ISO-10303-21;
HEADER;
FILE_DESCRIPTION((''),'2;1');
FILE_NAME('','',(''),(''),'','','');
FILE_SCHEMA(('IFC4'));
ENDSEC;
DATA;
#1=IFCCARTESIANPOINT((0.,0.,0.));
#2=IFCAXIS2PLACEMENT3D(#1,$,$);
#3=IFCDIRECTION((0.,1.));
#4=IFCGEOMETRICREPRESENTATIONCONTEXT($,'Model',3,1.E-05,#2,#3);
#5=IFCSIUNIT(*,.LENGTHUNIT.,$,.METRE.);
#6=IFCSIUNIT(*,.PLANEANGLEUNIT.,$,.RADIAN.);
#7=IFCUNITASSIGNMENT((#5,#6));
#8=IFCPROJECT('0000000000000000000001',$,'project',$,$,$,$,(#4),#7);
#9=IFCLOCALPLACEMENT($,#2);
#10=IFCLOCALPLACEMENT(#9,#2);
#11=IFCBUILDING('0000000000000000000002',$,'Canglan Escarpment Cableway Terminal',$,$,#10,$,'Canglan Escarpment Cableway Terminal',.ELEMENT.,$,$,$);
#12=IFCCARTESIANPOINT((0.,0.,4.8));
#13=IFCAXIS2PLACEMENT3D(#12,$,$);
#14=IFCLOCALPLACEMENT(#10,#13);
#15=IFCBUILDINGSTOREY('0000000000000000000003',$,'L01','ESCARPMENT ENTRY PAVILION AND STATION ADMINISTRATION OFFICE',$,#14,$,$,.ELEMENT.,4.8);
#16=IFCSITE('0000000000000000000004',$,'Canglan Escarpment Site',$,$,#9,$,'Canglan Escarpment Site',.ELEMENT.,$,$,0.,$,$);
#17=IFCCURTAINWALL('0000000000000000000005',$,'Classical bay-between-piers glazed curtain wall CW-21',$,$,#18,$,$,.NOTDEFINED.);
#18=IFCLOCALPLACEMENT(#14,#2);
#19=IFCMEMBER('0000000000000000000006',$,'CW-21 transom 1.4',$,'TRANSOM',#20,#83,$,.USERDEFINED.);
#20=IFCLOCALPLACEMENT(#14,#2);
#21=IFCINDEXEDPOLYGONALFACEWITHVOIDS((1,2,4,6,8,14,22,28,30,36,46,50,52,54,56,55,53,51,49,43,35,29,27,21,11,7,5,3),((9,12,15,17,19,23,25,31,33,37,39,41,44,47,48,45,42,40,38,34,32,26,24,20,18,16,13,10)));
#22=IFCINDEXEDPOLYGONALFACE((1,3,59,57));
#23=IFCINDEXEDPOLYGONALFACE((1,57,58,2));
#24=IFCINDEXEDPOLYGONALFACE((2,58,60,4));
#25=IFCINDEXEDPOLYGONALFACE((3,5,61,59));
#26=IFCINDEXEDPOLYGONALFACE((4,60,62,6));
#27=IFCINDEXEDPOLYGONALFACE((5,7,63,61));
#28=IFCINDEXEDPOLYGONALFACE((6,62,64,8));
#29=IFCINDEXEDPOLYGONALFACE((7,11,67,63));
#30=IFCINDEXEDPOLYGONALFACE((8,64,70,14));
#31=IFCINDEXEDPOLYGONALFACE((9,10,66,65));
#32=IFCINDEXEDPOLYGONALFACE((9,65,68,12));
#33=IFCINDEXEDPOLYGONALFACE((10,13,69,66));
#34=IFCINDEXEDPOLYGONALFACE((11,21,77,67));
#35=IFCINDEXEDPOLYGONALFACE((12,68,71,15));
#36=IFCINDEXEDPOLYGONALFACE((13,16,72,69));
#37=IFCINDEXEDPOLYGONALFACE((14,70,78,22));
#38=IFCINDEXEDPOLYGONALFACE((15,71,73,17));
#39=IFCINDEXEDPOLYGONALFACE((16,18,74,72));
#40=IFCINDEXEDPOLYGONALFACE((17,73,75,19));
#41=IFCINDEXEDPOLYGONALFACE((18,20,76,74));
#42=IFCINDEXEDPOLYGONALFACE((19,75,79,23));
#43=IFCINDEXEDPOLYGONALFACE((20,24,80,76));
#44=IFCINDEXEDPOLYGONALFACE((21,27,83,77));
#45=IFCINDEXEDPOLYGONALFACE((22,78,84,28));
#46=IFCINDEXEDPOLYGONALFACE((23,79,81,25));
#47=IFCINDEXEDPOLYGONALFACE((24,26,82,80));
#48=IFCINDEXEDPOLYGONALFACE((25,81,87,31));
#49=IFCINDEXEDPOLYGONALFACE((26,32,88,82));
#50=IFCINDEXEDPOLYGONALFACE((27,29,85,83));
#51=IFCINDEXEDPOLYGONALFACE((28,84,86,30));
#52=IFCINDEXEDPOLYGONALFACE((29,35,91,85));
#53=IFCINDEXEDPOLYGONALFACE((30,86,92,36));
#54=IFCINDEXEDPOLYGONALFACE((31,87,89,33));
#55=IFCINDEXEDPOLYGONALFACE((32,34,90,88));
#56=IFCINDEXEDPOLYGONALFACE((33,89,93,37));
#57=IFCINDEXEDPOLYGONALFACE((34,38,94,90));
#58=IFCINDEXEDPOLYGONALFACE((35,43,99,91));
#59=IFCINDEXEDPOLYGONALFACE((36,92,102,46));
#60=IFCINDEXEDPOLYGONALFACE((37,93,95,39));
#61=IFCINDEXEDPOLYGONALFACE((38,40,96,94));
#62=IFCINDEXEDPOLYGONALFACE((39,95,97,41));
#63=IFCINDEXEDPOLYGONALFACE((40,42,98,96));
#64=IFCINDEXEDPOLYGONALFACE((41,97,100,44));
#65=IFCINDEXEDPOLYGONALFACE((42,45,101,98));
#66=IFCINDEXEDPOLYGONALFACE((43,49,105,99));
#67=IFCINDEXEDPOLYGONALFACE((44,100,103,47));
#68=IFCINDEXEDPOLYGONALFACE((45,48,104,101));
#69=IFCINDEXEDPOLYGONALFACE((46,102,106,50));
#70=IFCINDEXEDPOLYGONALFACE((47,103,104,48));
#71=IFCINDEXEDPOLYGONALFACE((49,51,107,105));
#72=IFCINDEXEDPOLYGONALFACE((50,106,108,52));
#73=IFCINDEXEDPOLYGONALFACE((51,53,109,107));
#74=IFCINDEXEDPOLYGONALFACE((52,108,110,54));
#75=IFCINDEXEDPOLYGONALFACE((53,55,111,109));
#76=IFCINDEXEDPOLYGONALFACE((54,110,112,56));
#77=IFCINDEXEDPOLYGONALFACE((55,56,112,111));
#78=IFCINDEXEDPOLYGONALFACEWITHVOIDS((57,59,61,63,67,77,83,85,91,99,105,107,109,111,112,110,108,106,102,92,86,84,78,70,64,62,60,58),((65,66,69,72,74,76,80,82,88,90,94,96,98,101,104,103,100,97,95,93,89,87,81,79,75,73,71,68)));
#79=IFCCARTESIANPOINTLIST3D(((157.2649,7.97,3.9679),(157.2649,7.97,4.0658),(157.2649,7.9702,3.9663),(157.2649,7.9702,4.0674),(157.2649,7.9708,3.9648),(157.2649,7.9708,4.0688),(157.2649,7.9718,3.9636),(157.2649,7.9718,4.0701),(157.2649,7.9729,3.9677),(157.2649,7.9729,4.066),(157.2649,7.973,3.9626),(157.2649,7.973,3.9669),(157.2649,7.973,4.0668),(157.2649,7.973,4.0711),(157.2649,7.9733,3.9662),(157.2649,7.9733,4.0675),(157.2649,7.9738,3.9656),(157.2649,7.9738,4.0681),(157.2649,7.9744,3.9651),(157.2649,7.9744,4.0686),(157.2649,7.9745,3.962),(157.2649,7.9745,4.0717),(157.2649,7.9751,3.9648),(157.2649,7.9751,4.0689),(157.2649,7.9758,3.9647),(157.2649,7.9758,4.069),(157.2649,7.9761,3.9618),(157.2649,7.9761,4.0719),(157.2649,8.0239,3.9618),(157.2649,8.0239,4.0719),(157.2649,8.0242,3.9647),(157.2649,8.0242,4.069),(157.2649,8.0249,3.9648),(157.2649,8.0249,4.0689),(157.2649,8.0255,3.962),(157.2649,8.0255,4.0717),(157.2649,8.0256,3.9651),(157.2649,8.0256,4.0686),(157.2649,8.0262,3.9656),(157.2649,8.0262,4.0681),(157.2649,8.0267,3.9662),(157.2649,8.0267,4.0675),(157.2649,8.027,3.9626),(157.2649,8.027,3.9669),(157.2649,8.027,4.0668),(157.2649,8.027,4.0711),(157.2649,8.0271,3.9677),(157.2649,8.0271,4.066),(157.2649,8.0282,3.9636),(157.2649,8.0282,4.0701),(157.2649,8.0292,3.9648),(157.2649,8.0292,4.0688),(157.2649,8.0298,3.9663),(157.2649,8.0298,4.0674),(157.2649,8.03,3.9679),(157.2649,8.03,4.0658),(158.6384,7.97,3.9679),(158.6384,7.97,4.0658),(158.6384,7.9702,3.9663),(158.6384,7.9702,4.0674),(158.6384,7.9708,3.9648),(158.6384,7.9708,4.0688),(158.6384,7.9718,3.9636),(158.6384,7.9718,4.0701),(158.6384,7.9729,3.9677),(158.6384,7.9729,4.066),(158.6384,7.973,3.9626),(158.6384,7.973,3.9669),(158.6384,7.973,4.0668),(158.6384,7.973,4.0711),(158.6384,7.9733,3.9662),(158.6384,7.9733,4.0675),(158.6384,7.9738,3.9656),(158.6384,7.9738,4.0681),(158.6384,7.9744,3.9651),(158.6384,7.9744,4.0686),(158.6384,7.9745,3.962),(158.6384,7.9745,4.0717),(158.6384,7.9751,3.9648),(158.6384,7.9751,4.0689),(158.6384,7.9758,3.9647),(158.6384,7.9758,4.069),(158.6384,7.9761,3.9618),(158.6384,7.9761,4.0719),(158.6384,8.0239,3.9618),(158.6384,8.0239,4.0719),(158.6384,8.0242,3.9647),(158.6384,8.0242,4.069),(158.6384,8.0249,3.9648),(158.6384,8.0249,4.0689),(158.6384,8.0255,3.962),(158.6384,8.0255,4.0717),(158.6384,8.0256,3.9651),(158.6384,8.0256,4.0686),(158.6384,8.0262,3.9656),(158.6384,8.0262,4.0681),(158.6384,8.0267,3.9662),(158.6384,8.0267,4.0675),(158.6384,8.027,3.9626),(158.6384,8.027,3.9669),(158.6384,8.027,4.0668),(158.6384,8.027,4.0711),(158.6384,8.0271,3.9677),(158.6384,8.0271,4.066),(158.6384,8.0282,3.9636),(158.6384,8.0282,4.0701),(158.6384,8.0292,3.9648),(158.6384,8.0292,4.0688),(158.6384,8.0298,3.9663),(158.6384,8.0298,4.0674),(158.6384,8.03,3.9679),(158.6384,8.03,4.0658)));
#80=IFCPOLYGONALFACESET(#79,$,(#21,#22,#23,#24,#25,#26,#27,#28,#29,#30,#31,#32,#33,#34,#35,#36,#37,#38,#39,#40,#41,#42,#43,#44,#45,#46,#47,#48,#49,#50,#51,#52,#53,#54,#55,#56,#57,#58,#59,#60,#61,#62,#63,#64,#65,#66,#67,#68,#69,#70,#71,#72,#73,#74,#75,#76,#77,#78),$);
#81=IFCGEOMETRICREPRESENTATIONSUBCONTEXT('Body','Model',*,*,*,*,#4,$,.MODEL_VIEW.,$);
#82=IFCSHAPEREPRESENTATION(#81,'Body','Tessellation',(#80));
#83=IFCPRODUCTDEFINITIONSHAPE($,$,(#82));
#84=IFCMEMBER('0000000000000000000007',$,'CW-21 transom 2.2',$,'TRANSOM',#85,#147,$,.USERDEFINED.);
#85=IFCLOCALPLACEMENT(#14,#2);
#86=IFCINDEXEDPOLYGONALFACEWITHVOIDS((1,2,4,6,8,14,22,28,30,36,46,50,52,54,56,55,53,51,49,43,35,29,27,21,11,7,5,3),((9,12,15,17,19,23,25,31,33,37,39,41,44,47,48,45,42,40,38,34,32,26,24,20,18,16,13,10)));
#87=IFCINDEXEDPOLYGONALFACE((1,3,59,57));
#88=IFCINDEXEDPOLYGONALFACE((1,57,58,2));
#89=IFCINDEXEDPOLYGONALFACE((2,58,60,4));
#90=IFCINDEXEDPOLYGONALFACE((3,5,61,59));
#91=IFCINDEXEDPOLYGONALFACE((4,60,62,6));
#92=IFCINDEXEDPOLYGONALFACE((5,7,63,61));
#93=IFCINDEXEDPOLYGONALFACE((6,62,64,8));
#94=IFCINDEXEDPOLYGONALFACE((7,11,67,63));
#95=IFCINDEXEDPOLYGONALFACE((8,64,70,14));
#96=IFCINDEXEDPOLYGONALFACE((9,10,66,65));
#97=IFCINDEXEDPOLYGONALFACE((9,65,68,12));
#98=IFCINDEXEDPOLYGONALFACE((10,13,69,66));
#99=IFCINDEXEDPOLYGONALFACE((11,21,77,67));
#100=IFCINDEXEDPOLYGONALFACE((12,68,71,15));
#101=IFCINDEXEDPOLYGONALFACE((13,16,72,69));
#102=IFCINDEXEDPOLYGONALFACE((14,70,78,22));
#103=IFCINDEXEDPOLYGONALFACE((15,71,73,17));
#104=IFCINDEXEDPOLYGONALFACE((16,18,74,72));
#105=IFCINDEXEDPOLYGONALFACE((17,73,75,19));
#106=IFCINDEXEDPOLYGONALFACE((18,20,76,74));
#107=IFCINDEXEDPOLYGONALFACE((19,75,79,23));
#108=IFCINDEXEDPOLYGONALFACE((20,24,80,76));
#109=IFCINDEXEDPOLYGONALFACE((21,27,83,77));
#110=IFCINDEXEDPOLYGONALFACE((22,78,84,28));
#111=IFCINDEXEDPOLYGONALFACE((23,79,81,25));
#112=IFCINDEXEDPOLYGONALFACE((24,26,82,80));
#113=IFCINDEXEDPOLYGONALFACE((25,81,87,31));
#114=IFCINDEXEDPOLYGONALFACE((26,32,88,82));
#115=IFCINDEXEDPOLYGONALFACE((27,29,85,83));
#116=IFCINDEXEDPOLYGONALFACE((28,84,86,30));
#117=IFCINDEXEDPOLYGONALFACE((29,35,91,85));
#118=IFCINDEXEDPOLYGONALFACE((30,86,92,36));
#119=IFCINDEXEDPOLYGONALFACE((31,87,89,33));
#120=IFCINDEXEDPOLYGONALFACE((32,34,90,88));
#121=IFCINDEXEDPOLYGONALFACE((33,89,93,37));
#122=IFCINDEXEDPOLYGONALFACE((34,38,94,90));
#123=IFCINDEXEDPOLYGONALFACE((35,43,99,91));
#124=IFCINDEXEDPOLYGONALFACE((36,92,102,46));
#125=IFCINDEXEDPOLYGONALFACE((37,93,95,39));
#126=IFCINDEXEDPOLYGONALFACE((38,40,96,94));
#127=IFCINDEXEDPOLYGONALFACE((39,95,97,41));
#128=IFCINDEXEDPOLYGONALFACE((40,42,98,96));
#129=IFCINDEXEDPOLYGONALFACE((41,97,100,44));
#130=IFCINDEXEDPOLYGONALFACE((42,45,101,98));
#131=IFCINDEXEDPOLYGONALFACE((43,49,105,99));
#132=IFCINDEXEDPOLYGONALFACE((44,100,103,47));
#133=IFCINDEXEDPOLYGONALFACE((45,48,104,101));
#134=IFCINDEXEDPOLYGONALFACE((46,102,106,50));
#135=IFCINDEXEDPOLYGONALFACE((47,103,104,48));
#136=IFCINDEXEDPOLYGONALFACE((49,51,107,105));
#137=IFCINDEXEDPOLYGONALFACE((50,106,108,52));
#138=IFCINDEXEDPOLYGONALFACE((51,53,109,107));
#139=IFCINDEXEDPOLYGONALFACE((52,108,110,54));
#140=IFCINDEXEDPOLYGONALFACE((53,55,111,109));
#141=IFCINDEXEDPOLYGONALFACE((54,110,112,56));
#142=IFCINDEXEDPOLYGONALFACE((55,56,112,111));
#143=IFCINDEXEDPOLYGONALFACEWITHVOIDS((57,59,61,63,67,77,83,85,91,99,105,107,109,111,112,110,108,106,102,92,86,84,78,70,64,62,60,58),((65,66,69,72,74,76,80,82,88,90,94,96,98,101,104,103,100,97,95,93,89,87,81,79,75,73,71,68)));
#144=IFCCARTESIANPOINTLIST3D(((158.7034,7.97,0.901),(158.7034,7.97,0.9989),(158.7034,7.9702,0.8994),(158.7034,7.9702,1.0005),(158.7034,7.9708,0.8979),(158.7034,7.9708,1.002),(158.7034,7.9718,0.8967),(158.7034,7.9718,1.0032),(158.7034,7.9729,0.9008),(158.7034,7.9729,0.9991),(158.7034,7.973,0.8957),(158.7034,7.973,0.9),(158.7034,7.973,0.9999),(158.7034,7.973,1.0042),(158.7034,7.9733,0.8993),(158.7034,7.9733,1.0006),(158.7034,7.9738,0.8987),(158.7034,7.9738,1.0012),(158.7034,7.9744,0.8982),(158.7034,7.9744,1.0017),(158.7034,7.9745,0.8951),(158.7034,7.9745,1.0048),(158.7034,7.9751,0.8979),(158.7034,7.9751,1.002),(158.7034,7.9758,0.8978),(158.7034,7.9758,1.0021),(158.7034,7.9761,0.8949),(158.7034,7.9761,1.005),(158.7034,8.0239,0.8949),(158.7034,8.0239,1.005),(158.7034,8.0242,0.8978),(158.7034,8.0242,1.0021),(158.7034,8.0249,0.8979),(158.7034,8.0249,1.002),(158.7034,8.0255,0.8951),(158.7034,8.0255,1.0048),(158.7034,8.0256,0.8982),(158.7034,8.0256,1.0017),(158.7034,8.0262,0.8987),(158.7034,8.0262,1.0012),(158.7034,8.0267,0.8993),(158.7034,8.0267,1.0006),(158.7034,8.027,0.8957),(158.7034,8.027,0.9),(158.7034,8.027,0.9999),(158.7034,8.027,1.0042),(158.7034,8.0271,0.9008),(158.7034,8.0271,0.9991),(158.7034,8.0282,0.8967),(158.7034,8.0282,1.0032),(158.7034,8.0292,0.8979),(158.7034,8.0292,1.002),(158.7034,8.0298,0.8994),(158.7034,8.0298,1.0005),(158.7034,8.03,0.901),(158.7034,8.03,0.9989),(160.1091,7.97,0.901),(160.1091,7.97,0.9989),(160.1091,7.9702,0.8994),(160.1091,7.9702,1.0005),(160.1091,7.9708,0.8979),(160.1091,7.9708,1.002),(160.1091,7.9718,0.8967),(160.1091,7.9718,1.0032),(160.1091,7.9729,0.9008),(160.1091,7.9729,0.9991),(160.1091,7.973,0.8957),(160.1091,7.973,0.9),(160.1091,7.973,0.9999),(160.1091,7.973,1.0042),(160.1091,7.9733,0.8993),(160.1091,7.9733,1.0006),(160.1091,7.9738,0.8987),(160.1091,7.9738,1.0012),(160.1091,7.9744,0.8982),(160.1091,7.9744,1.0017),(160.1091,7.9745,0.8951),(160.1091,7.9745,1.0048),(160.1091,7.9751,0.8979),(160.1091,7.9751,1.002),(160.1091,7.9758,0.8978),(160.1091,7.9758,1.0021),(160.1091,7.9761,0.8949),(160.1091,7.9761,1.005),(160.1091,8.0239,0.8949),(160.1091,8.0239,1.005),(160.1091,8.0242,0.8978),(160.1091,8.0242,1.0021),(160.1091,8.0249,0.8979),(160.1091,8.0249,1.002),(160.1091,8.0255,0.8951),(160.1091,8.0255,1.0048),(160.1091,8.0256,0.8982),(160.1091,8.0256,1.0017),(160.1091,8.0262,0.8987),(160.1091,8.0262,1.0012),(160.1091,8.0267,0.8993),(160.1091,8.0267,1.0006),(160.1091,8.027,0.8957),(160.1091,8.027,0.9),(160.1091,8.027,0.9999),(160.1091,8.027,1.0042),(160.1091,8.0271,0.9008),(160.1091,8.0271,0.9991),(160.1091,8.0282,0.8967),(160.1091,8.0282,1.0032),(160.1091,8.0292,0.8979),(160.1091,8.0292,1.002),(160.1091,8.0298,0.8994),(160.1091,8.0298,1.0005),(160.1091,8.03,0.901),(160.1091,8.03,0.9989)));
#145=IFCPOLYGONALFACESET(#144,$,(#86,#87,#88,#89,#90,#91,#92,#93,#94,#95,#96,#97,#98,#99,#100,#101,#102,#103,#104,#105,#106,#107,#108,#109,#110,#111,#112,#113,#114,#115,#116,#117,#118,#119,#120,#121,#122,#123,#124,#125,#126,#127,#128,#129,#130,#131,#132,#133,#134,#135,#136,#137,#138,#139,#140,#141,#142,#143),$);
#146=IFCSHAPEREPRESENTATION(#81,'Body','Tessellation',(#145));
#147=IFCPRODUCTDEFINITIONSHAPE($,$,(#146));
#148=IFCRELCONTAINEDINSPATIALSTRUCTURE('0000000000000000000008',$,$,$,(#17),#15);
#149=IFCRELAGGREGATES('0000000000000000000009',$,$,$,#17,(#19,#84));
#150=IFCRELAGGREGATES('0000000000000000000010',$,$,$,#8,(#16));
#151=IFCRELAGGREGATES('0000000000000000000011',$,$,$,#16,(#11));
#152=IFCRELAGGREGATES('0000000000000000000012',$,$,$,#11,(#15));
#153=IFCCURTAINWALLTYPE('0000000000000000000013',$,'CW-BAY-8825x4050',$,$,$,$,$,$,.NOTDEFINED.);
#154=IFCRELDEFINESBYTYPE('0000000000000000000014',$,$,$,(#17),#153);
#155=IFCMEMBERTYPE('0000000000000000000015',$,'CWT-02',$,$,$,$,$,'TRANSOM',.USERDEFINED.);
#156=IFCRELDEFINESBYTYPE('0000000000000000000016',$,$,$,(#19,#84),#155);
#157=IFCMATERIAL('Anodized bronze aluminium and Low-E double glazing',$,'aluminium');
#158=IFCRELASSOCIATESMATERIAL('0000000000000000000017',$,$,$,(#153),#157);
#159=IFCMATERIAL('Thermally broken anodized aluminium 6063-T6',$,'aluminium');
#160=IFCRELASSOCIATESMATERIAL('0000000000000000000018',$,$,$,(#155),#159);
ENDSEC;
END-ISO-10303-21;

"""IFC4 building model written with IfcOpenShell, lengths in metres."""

from ifc_helpers import new_model, si_unit, direction, frame, origin, origin_2d, place, context, subcontext, project, spatial, hollow_rectangle, extrude, material, material_profile, profile_set, type_object, element, aggregate, save


model = new_model("IFC4")

# Units and contexts
model_context = context("Model", 3, precision=1e-05, world=origin(), true_north=direction((0.0, 1.0)))
body_context = subcontext(model_context, "Body", "Model", "MODEL_VIEW")
ifc_project = project(units=[si_unit("LENGTHUNIT", "METRE"), si_unit("PLANEANGLEUNIT", "RADIAN")], contexts=[model_context])

# Site, building, storey
site_placement = place(None, origin())
site = spatial("IfcSite", under=ifc_project, at=site_placement, Name="Canglan Escarpment Site", LongName="Canglan Escarpment Site", CompositionType="ELEMENT", RefElevation=0.0)
building_placement = place(site_placement, origin())
building = spatial("IfcBuilding", under=site, at=building_placement, Name="Canglan Escarpment Cableway Terminal", LongName="Canglan Escarpment Cableway Terminal", CompositionType="ELEMENT")
storey_placement = place(building_placement, frame((0.0, 0.0, 4.8)))
storey = spatial("IfcBuildingStorey", under=building, at=storey_placement, Name="L01", Description="ESCARPMENT ENTRY PAVILION AND STATION ADMINISTRATION OFFICE", CompositionType="ELEMENT", Elevation=4.8)

# Curtain wall, members
ifc_material_1 = material(Name="Anodized bronze aluminium and Low-E double glazing", Category="aluminium")
curtain_wall_type = type_object("IfcCurtainWallType", Name="CW-BAY-8825x4050", PredefinedType="NOTDEFINED", material=ifc_material_1)
curtain_wall_placement = place(storey_placement, origin())
curtain_wall = element("IfcCurtainWall", 1, at=curtain_wall_placement, inside=storey, type_object=curtain_wall_type, Name="Classical bay-between-piers glazed curtain wall CW-21", PredefinedType="NOTDEFINED")
ifc_material_2 = material(Name="Thermally broken anodized aluminium 6063-T6", Category="aluminium")
ifc_material_profile_1 = material_profile(ifc_material_2, hollow_rectangle(XDim=0.0601, YDim=0.1101, WallThickness=0.0029, InnerFilletRadius=0.0029, OuterFilletRadius=0.0061, at=origin_2d()), Name="ALU-TRAN 60x110x3")
ifc_profile_set_1 = profile_set([ifc_material_profile_1], Name="Thermally broken anodized aluminium 6063-T6")
member_type = type_object("IfcMemberType", Name="CWT-02", ElementType="TRANSOM", PredefinedType="USERDEFINED", material=ifc_profile_set_1)
member_1_placement = place(storey_placement, frame((157.2649, 8.0, 4.0168), z_axis=(1.0, 0.0, 0.0), x_axis=(0.0, 1.0, 0.0)))
member_1 = element("IfcMember", 2, at=member_1_placement, type_object=member_type, Name="CW-21 transom 1.4", ObjectType="TRANSOM", PredefinedType="USERDEFINED", context=body_context, shape_type="SweptSolid", body=[
    extrude(hollow_rectangle(XDim=0.0601, YDim=0.1101, WallThickness=0.0029, InnerFilletRadius=0.0029, OuterFilletRadius=0.0061, at=origin_2d()), origin(), (0.0, 0.0, 1.0), 1.3735),
])
member_2_placement = place(storey_placement, frame((158.7034, 8.0, 0.95), z_axis=(1.0, 0.0, 0.0), x_axis=(0.0, 1.0, 0.0)))
member_2 = element("IfcMember", 3, at=member_2_placement, type_object=member_type, Name="CW-21 transom 2.2", ObjectType="TRANSOM", PredefinedType="USERDEFINED", context=body_context, shape_type="SweptSolid", body=[
    extrude(hollow_rectangle(XDim=0.0601, YDim=0.1101, WallThickness=0.0029, InnerFilletRadius=0.0029, OuterFilletRadius=0.0061, at=origin_2d()), origin(), (0.0, 0.0, 1.0), 1.4058),
])
aggregate(curtain_wall, [member_1, member_2])

save(model, "model.ifc")
